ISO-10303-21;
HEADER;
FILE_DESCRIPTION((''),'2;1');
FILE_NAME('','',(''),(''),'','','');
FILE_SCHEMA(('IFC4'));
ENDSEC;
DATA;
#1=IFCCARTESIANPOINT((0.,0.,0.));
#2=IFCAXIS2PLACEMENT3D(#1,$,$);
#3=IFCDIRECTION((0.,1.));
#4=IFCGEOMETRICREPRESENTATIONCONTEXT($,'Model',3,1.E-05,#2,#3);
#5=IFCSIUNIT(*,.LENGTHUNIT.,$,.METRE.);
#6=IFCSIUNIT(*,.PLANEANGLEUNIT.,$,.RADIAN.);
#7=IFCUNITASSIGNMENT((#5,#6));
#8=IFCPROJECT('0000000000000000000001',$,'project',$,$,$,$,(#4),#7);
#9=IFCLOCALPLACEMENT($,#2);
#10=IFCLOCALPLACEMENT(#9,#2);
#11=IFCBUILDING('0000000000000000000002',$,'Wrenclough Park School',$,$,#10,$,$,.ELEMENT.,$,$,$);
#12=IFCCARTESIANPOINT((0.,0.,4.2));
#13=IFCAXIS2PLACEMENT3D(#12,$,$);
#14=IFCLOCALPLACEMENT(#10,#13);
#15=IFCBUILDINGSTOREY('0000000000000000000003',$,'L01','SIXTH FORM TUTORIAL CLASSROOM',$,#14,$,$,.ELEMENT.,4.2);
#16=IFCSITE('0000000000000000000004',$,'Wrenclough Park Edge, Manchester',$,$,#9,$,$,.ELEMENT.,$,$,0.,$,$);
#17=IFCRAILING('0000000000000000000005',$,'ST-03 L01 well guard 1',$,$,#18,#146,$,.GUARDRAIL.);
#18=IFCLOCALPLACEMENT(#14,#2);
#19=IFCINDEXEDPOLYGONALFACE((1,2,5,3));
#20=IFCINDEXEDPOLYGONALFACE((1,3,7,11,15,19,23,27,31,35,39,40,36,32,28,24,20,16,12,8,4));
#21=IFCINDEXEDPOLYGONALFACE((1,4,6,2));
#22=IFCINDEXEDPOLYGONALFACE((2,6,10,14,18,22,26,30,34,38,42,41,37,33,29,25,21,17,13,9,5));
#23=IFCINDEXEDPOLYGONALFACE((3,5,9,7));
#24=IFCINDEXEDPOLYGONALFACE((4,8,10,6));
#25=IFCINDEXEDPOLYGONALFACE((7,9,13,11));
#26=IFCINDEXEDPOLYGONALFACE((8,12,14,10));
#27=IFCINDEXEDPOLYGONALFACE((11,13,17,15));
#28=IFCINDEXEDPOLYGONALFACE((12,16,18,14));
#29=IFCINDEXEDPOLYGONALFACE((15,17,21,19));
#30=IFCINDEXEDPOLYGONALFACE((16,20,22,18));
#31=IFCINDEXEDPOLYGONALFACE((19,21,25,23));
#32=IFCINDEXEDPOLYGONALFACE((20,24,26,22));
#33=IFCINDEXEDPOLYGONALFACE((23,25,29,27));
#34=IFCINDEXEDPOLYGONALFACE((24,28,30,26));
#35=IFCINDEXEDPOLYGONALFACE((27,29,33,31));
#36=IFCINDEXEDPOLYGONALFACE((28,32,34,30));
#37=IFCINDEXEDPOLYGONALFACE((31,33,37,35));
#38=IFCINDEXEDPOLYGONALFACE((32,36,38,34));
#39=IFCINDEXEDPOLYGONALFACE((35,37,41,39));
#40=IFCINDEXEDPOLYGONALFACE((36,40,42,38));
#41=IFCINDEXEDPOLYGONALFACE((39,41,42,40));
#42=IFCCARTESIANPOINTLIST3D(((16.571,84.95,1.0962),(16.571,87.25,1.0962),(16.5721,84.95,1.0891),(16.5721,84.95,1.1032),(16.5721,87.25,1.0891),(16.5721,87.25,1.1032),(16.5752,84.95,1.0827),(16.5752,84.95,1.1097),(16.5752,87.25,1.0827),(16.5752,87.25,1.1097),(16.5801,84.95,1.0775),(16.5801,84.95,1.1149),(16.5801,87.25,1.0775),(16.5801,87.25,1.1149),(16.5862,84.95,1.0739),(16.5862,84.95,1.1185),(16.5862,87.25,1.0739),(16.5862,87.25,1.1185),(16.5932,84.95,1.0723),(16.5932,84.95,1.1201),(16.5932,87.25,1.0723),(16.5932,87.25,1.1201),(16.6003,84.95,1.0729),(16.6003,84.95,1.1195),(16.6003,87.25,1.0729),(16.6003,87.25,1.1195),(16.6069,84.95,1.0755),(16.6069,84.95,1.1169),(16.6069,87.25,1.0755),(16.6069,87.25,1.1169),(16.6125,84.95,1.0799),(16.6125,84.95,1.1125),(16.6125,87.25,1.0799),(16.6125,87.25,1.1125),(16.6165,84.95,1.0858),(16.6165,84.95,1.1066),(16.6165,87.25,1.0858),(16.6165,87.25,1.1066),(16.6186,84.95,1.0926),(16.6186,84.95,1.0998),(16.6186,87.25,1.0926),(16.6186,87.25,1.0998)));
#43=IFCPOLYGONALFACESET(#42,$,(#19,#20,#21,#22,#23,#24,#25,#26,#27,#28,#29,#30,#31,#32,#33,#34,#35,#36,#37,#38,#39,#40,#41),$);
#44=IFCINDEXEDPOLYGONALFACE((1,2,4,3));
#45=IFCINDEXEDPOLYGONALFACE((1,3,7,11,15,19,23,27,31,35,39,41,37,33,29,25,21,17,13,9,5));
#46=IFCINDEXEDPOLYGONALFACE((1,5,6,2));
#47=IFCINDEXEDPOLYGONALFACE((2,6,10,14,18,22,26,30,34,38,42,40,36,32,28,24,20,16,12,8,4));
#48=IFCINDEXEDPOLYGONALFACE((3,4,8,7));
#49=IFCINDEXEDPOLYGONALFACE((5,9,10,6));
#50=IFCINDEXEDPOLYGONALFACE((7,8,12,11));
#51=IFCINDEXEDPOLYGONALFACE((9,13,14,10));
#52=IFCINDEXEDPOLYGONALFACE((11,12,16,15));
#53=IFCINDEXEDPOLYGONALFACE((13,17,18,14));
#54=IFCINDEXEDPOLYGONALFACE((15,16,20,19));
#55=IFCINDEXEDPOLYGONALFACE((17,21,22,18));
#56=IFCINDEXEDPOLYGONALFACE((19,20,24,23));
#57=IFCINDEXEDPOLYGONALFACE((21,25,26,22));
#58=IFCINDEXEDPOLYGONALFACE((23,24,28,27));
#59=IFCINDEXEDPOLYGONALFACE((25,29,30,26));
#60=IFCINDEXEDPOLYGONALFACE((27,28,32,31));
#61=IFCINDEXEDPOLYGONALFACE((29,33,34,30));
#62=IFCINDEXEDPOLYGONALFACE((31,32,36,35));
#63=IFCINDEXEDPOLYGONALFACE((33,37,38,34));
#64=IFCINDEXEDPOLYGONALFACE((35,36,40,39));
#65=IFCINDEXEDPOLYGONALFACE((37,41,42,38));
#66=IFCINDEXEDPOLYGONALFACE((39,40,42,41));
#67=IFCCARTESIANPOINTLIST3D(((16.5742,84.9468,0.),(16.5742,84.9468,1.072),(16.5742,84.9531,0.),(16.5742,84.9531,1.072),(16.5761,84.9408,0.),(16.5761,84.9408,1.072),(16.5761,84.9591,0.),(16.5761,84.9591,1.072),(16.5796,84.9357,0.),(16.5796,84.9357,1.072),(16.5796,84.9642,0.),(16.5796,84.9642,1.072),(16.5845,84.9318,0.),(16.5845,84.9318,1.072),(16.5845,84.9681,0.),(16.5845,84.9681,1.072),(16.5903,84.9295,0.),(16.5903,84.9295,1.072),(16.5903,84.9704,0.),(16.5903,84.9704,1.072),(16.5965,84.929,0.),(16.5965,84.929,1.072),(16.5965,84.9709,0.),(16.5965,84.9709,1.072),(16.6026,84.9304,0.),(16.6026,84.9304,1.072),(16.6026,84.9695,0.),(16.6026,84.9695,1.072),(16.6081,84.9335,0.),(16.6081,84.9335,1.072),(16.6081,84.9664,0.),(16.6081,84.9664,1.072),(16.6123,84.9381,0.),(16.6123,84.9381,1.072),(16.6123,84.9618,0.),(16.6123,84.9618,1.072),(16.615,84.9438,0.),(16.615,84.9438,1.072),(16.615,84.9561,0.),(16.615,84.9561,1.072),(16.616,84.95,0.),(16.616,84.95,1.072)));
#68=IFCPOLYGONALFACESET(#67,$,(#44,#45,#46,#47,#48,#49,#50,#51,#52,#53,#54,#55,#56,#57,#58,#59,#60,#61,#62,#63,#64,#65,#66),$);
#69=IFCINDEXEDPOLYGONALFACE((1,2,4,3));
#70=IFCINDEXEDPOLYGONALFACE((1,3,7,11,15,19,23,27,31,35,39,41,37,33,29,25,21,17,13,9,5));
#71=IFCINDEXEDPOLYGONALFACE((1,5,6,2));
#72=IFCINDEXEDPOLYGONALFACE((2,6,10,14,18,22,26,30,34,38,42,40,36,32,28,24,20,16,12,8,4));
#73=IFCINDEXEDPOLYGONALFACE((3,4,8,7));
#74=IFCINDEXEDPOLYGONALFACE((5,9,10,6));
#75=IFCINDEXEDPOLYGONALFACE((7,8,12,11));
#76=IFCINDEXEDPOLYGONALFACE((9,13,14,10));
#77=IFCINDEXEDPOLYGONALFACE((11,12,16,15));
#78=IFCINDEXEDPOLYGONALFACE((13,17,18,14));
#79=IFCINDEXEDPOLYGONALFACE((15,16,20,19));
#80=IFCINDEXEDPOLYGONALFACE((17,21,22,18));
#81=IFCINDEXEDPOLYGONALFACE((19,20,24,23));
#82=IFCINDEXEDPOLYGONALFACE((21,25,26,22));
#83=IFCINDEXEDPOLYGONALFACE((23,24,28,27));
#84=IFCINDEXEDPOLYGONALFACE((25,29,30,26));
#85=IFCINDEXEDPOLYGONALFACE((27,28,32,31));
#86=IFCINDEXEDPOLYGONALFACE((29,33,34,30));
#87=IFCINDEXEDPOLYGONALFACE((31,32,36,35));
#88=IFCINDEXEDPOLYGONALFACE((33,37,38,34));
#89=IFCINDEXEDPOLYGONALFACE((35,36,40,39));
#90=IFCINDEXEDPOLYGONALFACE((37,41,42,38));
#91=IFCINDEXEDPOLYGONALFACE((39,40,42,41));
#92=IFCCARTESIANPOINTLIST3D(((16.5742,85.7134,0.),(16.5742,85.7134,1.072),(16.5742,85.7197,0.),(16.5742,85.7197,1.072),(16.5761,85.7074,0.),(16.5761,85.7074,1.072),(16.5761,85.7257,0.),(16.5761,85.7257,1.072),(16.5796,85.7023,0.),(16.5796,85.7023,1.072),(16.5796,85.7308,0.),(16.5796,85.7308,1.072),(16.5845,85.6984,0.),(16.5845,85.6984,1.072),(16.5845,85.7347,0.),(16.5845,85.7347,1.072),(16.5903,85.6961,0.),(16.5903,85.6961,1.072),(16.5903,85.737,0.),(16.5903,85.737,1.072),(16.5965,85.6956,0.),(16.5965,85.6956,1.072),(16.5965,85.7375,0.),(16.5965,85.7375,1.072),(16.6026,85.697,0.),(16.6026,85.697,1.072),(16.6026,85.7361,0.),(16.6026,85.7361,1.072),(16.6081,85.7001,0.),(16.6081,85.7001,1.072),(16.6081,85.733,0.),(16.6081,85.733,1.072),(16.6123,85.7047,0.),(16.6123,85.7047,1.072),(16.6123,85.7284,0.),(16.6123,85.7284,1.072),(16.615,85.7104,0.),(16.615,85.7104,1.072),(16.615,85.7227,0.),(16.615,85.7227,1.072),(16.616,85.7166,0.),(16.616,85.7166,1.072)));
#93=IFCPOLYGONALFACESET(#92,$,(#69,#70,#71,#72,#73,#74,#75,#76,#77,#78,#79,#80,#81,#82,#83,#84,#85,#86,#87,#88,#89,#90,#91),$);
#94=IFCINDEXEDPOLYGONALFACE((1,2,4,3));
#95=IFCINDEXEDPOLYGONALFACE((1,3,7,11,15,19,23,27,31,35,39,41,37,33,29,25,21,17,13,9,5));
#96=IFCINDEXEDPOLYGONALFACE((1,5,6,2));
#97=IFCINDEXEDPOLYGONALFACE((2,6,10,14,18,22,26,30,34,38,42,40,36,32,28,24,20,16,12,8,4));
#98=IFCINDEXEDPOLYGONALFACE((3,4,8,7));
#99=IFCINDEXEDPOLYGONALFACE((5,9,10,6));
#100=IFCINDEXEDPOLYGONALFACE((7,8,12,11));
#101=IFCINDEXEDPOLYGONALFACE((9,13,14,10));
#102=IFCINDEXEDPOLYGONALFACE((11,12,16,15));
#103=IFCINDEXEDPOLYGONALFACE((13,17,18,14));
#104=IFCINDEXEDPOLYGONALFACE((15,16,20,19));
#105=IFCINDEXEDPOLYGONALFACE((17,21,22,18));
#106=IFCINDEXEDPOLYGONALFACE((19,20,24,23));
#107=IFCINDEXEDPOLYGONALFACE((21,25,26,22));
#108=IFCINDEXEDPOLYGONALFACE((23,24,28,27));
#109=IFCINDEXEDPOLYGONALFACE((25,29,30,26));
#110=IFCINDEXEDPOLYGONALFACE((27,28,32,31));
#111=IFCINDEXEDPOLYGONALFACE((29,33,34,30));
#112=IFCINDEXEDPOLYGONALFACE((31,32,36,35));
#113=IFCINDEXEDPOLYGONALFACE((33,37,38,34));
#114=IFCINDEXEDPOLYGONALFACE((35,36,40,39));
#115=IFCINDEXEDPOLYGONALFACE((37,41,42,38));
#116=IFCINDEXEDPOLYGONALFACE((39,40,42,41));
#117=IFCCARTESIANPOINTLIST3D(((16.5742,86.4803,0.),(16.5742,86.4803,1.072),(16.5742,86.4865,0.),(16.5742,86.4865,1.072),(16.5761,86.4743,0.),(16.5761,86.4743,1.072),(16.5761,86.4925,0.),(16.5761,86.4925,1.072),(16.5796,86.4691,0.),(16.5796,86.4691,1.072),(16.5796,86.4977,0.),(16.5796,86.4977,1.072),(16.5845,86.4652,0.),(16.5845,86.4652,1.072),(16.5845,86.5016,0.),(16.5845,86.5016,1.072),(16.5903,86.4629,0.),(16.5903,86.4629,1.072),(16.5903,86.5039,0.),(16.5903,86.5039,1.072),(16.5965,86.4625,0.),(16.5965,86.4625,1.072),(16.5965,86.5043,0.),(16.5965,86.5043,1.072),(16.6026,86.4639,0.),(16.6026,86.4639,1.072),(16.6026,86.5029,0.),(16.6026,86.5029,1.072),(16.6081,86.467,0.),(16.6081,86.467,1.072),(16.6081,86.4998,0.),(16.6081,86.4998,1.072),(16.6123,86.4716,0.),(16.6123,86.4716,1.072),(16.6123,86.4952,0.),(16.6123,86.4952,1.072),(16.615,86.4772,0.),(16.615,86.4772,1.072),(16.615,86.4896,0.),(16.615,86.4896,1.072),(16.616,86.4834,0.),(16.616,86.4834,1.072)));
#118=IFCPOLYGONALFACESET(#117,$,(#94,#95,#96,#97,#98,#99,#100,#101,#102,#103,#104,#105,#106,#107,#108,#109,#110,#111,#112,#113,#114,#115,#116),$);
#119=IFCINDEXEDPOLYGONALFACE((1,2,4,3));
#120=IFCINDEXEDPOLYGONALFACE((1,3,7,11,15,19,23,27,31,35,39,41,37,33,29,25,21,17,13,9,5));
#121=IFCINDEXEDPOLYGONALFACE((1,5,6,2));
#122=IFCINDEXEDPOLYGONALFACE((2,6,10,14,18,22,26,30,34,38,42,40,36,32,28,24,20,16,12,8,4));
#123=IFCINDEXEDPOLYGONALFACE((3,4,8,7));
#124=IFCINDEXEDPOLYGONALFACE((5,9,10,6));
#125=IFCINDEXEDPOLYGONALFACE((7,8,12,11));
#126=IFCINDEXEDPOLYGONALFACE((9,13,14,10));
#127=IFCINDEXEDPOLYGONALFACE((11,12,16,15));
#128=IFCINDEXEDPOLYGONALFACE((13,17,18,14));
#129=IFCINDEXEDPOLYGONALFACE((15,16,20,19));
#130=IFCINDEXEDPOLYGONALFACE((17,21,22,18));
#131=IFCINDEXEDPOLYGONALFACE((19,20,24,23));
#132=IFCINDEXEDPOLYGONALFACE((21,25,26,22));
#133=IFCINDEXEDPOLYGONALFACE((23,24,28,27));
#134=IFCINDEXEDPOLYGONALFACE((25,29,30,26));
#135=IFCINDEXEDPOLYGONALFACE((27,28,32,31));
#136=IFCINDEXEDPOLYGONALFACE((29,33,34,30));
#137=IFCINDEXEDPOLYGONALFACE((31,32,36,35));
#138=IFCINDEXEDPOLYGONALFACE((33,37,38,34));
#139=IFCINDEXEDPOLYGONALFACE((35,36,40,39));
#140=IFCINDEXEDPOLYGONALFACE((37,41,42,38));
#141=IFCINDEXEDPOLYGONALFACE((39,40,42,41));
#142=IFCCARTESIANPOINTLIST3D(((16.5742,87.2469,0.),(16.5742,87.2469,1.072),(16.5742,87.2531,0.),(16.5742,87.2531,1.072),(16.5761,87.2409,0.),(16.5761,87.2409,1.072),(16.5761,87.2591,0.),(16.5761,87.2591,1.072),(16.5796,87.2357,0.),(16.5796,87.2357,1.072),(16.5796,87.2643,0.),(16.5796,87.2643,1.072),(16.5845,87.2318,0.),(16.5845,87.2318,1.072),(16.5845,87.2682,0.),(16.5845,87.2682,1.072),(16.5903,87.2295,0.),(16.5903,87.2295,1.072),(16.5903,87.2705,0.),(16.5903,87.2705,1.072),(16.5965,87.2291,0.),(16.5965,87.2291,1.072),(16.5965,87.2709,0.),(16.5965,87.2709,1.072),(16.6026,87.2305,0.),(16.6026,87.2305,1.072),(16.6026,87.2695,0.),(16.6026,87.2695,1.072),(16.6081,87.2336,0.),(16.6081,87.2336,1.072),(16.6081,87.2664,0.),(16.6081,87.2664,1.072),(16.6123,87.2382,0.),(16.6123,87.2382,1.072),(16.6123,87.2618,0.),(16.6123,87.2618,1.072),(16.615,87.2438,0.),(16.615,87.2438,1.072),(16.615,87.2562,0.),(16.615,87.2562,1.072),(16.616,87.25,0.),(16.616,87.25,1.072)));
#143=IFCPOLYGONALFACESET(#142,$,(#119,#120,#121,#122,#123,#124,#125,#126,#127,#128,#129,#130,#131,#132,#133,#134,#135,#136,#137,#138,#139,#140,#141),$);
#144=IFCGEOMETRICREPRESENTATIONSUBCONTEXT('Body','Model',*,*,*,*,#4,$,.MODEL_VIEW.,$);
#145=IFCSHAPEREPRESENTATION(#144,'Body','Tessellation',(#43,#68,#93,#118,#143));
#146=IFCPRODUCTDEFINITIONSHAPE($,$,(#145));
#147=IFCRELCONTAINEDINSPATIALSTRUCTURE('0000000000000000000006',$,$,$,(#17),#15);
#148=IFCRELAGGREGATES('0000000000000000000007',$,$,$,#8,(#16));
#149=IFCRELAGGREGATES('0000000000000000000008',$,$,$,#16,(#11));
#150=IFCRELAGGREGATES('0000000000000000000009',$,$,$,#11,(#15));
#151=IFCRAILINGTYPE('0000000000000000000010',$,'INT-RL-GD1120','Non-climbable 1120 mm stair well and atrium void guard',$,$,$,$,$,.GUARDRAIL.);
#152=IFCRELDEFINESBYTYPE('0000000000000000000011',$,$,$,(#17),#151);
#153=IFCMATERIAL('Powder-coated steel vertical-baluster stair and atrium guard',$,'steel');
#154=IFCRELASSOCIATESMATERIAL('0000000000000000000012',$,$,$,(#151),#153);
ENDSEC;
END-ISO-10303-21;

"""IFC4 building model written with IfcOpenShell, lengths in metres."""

from ifc_helpers import new_model, si_unit, direction, frame, origin, origin_2d, place, context, subcontext, project, spatial, circle, extrude, material, type_object, element, save


model = new_model("IFC4")

# Units and contexts
model_context = context("Model", 3, precision=1e-05, world=origin(), true_north=direction((0.0, 1.0)))
body_context = subcontext(model_context, "Body", "Model", "MODEL_VIEW")
ifc_project = project(units=[si_unit("LENGTHUNIT", "METRE"), si_unit("PLANEANGLEUNIT", "RADIAN")], contexts=[model_context])

# Site, building, storey
site_placement = place(None, origin())
site = spatial("IfcSite", under=ifc_project, at=site_placement, Name="Wrenclough Park Edge, Manchester", CompositionType="ELEMENT", RefElevation=0.0)
building_placement = place(site_placement, origin())
building = spatial("IfcBuilding", under=site, at=building_placement, Name="Wrenclough Park School", CompositionType="ELEMENT")
storey_placement = place(building_placement, frame((0.0, 0.0, 4.2)))
storey = spatial("IfcBuildingStorey", under=building, at=storey_placement, Name="L01", Description="SIXTH FORM TUTORIAL CLASSROOM", CompositionType="ELEMENT", Elevation=4.2)

# Railing
ifc_material_1 = material(Name="Powder-coated steel vertical-baluster stair and atrium guard", Category="steel")
railing_type = type_object("IfcRailingType", Name="INT-RL-GD1120", Description="Non-climbable 1120 mm stair well and atrium void guard", PredefinedType="GUARDRAIL", material=ifc_material_1)
railing_1_placement = place(storey_placement, frame((16.595, 84.95, 0.0)))
element("IfcRailing", 1, at=railing_1_placement, inside=storey, type_object=railing_type, Name="ST-03 L01 well guard 1", PredefinedType="GUARDRAIL", context=body_context, shape_type="SweptSolid", body=[
    extrude(circle(Radius=0.0239, at=origin_2d()), frame((0.0, 0.0, 1.0962), z_axis=(0.0, 1.0, 0.0), x_axis=(-1.0, 0.0, 0.0)), (0.0, 0.0, 1.0), 2.3),
    extrude(circle(Radius=0.021, at=origin_2d()), origin(), (0.0, 0.0, 1.0), 1.072),
    extrude(circle(Radius=0.021, at=origin_2d()), frame((0.0, 0.7666, 0.0)), (0.0, 0.0, 1.0), 1.072),
    extrude(circle(Radius=0.021, at=origin_2d()), frame((0.0, 1.5334, 0.0)), (0.0, 0.0, 1.0), 1.072),
    extrude(circle(Radius=0.021, at=origin_2d()), frame((0.0, 2.3, 0.0)), (0.0, 0.0, 1.0), 1.072),
])

save(model, "model.ifc")
